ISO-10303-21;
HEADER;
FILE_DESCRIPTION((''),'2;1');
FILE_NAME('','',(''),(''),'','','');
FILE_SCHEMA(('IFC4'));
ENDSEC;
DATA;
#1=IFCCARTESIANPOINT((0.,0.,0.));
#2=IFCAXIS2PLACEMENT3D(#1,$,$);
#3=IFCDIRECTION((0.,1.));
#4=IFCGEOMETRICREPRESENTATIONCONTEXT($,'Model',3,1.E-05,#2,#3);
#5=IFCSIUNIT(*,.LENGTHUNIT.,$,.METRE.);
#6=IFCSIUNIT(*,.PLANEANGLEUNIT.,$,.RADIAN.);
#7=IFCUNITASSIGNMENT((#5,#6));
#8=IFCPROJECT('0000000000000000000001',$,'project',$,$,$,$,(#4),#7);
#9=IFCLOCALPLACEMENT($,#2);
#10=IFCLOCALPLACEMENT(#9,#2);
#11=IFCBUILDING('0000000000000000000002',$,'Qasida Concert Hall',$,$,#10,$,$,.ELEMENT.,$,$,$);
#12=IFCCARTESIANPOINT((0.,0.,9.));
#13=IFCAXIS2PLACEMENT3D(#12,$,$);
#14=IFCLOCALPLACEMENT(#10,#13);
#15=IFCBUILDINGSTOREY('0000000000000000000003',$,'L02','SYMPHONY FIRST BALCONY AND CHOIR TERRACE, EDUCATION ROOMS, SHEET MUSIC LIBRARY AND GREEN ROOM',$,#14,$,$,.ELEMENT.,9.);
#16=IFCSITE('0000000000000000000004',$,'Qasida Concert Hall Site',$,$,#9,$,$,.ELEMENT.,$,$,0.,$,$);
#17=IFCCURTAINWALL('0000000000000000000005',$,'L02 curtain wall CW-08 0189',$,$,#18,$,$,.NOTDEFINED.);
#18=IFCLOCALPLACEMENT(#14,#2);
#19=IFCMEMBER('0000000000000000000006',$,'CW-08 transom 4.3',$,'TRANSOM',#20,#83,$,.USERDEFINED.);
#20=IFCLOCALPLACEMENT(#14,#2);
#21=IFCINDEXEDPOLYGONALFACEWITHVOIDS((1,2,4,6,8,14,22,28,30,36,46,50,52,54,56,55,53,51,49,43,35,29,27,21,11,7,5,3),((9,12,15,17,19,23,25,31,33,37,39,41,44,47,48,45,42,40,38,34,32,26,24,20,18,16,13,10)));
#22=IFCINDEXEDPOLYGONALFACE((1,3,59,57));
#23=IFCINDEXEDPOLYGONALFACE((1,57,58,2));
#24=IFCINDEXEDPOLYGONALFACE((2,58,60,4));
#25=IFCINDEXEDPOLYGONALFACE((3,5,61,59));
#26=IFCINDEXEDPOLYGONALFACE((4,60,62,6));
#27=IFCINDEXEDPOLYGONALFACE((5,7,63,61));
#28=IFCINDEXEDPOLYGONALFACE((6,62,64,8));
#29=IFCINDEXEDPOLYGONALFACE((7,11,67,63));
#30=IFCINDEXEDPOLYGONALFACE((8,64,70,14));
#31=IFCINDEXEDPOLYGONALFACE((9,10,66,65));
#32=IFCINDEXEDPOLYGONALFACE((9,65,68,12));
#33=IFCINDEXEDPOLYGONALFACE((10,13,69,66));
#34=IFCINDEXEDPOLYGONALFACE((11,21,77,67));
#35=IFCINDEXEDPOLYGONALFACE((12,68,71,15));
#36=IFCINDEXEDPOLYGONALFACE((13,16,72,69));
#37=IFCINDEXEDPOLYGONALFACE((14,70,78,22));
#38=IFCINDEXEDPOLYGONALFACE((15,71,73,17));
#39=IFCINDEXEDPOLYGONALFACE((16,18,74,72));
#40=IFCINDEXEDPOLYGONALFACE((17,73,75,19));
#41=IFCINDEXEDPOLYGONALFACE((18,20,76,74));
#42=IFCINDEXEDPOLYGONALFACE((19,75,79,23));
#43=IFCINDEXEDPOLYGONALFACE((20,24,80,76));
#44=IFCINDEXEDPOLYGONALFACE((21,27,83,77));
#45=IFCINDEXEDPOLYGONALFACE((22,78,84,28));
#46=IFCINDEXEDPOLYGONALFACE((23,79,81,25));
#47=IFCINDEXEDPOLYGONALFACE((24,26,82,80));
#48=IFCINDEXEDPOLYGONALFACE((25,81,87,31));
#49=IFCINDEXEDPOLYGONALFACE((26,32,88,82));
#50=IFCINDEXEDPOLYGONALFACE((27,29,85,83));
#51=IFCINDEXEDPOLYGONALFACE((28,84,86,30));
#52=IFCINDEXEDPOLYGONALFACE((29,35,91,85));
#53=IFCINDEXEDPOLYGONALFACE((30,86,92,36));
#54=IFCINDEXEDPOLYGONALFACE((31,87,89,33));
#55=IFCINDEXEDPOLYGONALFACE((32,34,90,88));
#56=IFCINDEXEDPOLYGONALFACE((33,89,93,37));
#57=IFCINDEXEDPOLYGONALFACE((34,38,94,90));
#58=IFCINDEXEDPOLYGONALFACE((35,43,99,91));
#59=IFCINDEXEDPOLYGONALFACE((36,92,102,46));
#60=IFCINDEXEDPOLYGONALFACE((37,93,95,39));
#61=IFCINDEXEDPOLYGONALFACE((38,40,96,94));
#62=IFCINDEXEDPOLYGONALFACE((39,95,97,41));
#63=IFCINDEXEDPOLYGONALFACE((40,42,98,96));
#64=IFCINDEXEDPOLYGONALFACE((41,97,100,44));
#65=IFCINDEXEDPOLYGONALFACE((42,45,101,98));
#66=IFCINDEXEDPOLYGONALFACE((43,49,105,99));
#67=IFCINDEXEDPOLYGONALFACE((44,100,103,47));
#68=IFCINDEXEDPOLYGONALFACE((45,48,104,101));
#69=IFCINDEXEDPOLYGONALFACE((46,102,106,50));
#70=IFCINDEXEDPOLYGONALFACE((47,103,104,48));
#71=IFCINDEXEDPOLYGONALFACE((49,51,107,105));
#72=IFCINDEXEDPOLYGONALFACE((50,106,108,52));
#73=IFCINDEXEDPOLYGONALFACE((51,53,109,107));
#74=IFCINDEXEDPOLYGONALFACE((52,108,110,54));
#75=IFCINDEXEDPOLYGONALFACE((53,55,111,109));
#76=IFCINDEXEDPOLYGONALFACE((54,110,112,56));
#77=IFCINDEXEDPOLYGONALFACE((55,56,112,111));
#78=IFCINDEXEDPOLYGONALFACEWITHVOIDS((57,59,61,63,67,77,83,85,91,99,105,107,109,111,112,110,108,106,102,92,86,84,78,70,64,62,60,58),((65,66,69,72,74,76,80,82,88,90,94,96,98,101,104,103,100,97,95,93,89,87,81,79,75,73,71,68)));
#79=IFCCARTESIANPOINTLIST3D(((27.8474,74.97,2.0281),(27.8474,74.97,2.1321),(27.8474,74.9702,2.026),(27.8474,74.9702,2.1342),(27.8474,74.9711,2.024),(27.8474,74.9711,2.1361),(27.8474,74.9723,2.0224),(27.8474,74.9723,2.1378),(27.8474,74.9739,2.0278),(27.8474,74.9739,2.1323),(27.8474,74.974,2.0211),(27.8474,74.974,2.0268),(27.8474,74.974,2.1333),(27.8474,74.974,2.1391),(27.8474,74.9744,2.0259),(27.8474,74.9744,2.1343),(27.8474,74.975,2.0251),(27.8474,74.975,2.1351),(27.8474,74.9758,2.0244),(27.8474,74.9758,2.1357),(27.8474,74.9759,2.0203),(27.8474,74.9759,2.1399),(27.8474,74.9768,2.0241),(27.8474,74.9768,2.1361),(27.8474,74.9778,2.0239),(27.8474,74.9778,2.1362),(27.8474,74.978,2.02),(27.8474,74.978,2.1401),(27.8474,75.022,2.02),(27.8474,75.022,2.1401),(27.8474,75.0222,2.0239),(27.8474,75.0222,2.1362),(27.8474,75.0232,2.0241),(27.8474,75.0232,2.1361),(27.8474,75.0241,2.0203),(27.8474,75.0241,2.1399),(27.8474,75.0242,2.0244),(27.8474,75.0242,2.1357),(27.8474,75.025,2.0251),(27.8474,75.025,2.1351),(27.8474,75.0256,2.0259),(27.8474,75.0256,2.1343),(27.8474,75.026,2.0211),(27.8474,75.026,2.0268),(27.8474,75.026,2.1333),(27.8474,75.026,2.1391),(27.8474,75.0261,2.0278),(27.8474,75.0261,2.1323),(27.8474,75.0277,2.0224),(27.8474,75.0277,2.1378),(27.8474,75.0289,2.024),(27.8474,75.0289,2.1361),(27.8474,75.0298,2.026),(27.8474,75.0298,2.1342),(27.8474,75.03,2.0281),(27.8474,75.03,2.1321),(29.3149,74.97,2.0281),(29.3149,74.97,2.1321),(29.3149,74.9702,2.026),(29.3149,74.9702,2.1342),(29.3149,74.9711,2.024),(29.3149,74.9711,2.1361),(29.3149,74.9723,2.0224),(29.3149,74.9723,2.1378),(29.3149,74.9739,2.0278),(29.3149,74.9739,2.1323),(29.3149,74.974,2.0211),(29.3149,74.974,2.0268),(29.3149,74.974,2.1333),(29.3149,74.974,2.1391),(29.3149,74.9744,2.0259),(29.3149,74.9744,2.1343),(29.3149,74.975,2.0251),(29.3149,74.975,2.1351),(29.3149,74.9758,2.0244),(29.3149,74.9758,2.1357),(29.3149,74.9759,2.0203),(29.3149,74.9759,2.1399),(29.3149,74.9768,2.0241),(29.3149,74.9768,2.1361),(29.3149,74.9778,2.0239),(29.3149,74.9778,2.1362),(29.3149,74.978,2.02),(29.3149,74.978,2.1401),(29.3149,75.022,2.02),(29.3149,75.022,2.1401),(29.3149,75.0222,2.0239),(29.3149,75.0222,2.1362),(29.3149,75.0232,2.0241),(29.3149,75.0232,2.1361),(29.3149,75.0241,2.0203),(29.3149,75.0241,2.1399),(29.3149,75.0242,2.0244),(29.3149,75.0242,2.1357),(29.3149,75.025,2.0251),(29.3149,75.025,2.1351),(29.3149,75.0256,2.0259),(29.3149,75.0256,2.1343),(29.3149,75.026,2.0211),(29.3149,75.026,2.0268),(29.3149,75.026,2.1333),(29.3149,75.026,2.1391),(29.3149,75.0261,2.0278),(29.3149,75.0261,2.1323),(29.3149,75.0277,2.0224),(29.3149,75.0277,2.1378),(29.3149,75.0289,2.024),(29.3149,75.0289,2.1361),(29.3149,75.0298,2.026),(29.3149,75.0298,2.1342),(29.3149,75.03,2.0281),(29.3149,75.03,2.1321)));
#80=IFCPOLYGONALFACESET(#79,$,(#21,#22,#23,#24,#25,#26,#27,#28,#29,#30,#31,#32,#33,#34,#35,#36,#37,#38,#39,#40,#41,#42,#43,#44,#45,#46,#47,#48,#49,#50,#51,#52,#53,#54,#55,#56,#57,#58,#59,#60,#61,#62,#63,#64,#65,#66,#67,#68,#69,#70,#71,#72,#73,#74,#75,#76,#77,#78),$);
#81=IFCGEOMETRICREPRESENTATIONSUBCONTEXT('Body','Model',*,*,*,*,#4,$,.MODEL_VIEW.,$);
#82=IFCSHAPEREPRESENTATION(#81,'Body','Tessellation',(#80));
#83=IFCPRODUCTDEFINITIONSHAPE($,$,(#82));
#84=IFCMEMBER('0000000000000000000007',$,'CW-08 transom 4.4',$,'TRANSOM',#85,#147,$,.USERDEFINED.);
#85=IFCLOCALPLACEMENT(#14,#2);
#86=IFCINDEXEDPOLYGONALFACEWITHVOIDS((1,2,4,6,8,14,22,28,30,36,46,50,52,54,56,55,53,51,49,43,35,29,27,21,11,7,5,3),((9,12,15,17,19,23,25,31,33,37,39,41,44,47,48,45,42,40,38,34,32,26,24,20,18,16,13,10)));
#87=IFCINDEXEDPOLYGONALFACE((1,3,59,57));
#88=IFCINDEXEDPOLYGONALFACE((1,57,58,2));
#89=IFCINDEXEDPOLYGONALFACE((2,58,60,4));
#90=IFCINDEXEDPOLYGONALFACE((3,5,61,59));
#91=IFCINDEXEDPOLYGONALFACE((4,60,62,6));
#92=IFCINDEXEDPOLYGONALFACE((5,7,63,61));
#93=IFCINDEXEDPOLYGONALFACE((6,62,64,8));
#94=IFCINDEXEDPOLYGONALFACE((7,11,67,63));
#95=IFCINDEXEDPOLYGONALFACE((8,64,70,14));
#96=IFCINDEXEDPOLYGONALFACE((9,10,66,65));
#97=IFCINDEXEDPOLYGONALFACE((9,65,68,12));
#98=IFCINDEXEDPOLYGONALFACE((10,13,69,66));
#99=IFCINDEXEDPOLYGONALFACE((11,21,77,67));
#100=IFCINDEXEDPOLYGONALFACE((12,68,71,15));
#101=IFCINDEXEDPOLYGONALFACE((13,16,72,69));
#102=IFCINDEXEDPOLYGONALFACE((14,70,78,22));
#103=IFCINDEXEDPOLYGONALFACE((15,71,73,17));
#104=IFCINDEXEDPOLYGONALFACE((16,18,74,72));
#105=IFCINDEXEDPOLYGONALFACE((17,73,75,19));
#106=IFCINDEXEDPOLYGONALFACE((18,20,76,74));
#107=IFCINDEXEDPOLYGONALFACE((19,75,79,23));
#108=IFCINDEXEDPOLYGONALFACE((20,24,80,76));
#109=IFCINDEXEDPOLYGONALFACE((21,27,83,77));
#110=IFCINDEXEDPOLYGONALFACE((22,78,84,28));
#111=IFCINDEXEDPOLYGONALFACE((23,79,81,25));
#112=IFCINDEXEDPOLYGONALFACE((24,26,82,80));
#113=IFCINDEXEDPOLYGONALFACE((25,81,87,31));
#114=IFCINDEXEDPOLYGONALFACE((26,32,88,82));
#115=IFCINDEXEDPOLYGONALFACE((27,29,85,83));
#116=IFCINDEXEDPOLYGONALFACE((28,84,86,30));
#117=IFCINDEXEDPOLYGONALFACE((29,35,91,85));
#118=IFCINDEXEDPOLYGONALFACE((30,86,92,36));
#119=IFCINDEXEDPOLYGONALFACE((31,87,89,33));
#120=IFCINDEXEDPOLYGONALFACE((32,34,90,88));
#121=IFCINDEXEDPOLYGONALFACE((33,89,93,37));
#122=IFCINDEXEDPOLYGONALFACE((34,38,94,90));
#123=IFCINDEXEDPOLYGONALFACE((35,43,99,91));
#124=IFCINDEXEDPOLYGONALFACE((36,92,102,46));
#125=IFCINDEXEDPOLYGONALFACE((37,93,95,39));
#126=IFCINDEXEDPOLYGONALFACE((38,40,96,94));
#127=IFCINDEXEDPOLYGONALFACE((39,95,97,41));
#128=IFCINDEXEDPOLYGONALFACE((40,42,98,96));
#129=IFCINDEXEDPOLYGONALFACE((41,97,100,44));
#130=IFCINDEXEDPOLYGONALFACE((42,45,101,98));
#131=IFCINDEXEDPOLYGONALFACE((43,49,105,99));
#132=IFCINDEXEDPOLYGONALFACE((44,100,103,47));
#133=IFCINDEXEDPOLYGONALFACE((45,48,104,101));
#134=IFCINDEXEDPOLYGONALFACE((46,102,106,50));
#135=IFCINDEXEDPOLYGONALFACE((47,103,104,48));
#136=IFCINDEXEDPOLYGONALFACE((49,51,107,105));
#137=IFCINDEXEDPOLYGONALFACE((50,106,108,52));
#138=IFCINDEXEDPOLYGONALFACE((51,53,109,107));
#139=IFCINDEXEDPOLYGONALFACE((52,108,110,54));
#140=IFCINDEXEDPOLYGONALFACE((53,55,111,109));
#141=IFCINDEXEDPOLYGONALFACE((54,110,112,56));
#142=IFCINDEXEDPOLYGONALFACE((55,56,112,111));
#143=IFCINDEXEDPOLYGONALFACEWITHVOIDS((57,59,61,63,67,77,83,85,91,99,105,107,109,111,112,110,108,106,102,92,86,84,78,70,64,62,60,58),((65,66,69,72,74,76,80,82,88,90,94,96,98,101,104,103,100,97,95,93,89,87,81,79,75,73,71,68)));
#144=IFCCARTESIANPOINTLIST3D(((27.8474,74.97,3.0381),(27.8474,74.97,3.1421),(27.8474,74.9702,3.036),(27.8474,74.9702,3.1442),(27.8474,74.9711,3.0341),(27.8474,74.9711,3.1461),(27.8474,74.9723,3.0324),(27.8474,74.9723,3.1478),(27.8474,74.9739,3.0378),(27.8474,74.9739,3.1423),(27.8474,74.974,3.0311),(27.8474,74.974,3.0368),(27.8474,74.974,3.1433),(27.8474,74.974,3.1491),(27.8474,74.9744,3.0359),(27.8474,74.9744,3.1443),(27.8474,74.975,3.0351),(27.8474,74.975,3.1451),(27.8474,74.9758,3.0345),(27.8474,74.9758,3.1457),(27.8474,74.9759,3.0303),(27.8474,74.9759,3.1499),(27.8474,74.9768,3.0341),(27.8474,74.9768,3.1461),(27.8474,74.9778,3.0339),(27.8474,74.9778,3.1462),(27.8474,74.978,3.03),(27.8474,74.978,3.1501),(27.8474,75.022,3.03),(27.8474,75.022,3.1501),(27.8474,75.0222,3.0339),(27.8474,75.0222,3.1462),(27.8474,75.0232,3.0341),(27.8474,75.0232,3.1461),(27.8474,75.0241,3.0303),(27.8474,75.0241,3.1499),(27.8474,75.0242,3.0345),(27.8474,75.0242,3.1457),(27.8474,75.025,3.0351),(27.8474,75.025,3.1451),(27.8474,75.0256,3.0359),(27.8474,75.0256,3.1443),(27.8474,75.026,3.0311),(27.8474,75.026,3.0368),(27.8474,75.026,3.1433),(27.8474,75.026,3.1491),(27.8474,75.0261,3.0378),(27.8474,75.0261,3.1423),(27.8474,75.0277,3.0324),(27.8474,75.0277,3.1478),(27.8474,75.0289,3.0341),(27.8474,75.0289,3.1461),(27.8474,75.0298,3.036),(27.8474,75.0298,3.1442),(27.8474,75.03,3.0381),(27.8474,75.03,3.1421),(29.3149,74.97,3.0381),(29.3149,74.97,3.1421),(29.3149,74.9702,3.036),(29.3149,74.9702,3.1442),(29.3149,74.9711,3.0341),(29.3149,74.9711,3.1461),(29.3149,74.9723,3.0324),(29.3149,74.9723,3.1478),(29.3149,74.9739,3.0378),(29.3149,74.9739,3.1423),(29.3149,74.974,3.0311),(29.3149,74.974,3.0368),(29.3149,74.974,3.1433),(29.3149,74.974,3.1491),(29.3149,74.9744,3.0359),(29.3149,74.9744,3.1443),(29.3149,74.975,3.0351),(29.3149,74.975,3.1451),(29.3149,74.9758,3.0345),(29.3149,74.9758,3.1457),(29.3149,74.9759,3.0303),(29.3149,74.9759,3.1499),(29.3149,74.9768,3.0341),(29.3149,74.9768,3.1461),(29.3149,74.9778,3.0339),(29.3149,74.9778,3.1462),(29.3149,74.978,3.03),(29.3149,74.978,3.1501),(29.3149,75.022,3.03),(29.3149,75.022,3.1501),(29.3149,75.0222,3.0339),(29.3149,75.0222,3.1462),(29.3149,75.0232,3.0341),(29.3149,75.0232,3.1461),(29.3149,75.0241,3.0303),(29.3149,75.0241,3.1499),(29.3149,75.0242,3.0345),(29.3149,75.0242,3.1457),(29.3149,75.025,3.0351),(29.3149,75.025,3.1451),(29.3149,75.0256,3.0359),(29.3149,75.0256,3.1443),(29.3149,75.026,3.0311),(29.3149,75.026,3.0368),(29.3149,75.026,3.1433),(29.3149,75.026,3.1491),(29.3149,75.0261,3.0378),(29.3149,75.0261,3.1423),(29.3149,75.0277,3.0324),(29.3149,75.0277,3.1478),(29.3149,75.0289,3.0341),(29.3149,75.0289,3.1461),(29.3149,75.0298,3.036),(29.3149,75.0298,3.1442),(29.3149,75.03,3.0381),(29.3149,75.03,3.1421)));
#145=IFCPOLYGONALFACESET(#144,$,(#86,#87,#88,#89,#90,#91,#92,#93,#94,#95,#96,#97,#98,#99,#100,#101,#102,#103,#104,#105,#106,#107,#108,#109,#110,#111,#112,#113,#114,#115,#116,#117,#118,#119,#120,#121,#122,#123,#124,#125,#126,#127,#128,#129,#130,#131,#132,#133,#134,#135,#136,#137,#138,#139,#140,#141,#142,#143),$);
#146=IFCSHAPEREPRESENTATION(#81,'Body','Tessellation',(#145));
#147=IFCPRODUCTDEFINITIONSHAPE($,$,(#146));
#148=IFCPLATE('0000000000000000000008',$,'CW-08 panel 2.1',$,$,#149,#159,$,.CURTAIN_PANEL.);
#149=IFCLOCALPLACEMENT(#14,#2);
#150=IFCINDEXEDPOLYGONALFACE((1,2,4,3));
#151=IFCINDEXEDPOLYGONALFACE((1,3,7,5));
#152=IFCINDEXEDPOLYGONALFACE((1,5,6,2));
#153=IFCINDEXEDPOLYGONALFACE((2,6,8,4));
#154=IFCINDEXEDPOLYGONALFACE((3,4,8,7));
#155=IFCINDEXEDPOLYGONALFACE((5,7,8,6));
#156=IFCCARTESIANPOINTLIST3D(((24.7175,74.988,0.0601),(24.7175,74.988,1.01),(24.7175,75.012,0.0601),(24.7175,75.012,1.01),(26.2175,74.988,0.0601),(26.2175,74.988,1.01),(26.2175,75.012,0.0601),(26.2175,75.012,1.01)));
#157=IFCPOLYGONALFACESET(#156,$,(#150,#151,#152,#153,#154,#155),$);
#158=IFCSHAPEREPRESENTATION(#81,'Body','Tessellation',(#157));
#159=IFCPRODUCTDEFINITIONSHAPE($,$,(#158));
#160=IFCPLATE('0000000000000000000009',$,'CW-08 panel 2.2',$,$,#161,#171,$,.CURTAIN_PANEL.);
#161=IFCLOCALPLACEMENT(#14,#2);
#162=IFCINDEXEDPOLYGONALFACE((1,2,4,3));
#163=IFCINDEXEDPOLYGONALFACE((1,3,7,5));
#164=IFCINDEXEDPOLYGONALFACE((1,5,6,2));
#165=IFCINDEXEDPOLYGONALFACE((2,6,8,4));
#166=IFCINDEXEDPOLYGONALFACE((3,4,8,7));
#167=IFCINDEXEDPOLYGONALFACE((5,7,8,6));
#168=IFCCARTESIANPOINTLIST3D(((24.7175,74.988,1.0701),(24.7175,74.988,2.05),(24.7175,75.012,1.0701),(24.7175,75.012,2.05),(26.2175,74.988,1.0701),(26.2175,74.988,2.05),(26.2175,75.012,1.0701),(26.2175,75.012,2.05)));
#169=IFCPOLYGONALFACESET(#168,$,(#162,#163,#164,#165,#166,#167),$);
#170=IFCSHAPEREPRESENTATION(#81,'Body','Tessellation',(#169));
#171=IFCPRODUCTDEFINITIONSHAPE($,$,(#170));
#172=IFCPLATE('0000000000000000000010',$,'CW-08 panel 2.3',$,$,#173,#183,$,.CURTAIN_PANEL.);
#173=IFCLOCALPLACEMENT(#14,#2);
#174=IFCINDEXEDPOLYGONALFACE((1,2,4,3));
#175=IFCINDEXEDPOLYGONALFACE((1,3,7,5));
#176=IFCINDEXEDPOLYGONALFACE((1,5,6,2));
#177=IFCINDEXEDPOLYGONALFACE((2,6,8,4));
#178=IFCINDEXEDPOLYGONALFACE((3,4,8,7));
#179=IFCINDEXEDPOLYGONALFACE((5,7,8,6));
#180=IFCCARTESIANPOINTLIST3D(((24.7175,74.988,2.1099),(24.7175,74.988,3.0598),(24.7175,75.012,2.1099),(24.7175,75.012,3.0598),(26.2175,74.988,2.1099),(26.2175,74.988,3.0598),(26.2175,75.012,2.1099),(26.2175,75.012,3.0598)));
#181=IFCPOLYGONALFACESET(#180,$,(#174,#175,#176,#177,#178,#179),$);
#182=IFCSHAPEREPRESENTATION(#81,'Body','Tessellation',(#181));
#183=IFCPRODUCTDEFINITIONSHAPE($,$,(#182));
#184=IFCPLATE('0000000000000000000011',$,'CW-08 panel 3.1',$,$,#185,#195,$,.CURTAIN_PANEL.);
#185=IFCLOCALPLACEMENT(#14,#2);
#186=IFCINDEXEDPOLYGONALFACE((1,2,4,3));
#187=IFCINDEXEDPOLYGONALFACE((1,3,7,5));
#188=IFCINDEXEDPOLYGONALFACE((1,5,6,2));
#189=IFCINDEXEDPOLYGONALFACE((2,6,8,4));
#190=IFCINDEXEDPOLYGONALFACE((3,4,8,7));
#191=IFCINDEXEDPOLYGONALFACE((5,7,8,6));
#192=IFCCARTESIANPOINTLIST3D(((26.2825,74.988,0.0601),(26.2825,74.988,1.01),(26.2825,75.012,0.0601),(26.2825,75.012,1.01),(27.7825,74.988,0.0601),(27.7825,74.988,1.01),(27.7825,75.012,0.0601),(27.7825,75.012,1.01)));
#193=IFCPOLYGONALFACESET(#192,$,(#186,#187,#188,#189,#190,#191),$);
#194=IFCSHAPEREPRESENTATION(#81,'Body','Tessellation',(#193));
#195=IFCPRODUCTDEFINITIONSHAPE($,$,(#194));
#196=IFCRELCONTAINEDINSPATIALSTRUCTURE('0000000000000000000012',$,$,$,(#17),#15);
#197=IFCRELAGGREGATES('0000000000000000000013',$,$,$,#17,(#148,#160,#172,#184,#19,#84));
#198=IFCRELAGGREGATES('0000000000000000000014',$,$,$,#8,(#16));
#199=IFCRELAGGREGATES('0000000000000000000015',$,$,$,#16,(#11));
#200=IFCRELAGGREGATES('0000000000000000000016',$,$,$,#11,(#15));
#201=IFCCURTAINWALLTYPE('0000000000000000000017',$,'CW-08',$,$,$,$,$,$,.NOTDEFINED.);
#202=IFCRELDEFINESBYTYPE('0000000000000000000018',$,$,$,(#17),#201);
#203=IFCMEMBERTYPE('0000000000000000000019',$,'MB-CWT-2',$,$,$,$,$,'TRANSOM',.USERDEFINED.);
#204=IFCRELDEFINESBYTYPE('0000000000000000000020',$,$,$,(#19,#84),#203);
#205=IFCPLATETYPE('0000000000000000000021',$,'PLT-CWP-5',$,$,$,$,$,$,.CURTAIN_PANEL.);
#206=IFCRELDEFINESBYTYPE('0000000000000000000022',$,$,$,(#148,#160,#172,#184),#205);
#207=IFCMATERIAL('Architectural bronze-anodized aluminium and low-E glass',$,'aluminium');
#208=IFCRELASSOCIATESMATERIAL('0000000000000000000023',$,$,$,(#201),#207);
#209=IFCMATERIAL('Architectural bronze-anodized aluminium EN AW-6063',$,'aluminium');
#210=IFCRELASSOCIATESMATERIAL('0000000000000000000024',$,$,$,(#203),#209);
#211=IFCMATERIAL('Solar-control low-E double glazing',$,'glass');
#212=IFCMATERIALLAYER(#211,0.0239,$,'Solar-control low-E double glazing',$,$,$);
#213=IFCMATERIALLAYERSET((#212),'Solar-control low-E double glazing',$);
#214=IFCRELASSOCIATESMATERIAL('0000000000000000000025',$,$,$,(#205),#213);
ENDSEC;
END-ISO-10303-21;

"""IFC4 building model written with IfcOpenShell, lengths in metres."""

from ifc_helpers import new_model, si_unit, direction, frame, origin, origin_2d, place, context, subcontext, project, spatial, rectangle, hollow_rectangle, extrude, material, layer, layer_set, material_profile, profile_set, type_object, element, aggregate, save


model = new_model("IFC4")

# Units and contexts
model_context = context("Model", 3, precision=1e-05, world=origin(), true_north=direction((0.0, 1.0)))
body_context = subcontext(model_context, "Body", "Model", "MODEL_VIEW")
ifc_project = project(units=[si_unit("LENGTHUNIT", "METRE"), si_unit("PLANEANGLEUNIT", "RADIAN")], contexts=[model_context])

# Site, building, storey
site_placement = place(None, origin())
site = spatial("IfcSite", under=ifc_project, at=site_placement, Name="Qasida Concert Hall Site", CompositionType="ELEMENT", RefElevation=0.0)
building_placement = place(site_placement, origin())
building = spatial("IfcBuilding", under=site, at=building_placement, Name="Qasida Concert Hall", CompositionType="ELEMENT")
storey_placement = place(building_placement, frame((0.0, 0.0, 9.0)))
storey = spatial("IfcBuildingStorey", under=building, at=storey_placement, Name="L02", Description="SYMPHONY FIRST BALCONY AND CHOIR TERRACE, EDUCATION ROOMS, SHEET MUSIC LIBRARY AND GREEN ROOM", CompositionType="ELEMENT", Elevation=9.0)

# Curtain wall, members, plates
ifc_material_1 = material(Name="Architectural bronze-anodized aluminium and low-E glass", Category="aluminium")
curtain_wall_type = type_object("IfcCurtainWallType", Name="CW-08", PredefinedType="NOTDEFINED", material=ifc_material_1)
curtain_wall_placement = place(storey_placement, origin())
curtain_wall = element("IfcCurtainWall", 1, at=curtain_wall_placement, inside=storey, type_object=curtain_wall_type, Name="L02 curtain wall CW-08 0189", PredefinedType="NOTDEFINED")
ifc_material_2 = material(Name="Architectural bronze-anodized aluminium EN AW-6063", Category="aluminium")
ifc_material_profile_1 = material_profile(ifc_material_2, hollow_rectangle(XDim=0.0601, YDim=0.1201, WallThickness=0.0039, InnerFilletRadius=0.0039, OuterFilletRadius=0.0081, at=origin_2d()), Name="CWT 120x60x4")
ifc_profile_set_1 = profile_set([ifc_material_profile_1], Name="Architectural bronze-anodized aluminium EN AW-6063")
member_type_1 = type_object("IfcMemberType", Name="MB-CWT-2", ElementType="TRANSOM", PredefinedType="USERDEFINED", material=ifc_profile_set_1)
member_1_placement = place(storey_placement, frame((27.8474, 75.0, 2.0801), z_axis=(1.0, 0.0, 0.0), x_axis=(0.0, 1.0, 0.0)))
member_1 = element("IfcMember", 2, at=member_1_placement, type_object=member_type_1, Name="CW-08 transom 4.3", ObjectType="TRANSOM", PredefinedType="USERDEFINED", context=body_context, shape_type="SweptSolid", body=[
    extrude(hollow_rectangle(XDim=0.0601, YDim=0.1201, WallThickness=0.0039, InnerFilletRadius=0.0039, OuterFilletRadius=0.0081, at=origin_2d()), origin(), (0.0, 0.0, 1.0), 1.4675),
])
member_2_placement = place(storey_placement, frame((27.8474, 75.0, 3.0901), z_axis=(1.0, 0.0, 0.0), x_axis=(0.0, 1.0, 0.0)))
member_2 = element("IfcMember", 3, at=member_2_placement, type_object=member_type_1, Name="CW-08 transom 4.4", ObjectType="TRANSOM", PredefinedType="USERDEFINED", context=body_context, shape_type="SweptSolid", body=[
    extrude(hollow_rectangle(XDim=0.0601, YDim=0.1201, WallThickness=0.0039, InnerFilletRadius=0.0039, OuterFilletRadius=0.0081, at=origin_2d()), origin(), (0.0, 0.0, 1.0), 1.4675),
])
ifc_material_3 = material(Name="Solar-control low-E double glazing", Category="glass")
ifc_layer_1 = layer(ifc_material_3, 0.0239, Name="Solar-control low-E double glazing")
ifc_layer_set_1 = layer_set([ifc_layer_1], Name="Solar-control low-E double glazing")
plate_type = type_object("IfcPlateType", Name="PLT-CWP-5", PredefinedType="CURTAIN_PANEL", material=ifc_layer_set_1)
plate_1_placement = place(storey_placement, frame((25.4675, 75.0, 0.0601), z_axis=(0.0, 0.0, 1.0), x_axis=(1.0, 0.0, 0.0)))
plate_1 = element("IfcPlate", 4, at=plate_1_placement, type_object=plate_type, Name="CW-08 panel 2.1", PredefinedType="CURTAIN_PANEL", context=body_context, shape_type="SweptSolid", body=[
    extrude(rectangle(XDim=1.5, YDim=0.0239, at=origin_2d()), origin(), (0.0, 0.0, 1.0), 0.95),
])
plate_2_placement = place(storey_placement, frame((25.4675, 75.0, 1.0701), z_axis=(0.0, 0.0, 1.0), x_axis=(1.0, 0.0, 0.0)))
plate_2 = element("IfcPlate", 5, at=plate_2_placement, type_object=plate_type, Name="CW-08 panel 2.2", PredefinedType="CURTAIN_PANEL", context=body_context, shape_type="SweptSolid", body=[
    extrude(rectangle(XDim=1.5, YDim=0.0239, at=origin_2d()), origin(), (0.0, 0.0, 1.0), 0.98),
])
plate_3_placement = place(storey_placement, frame((25.4675, 75.0, 2.1099), z_axis=(0.0, 0.0, 1.0), x_axis=(1.0, 0.0, 0.0)))
plate_3 = element("IfcPlate", 6, at=plate_3_placement, type_object=plate_type, Name="CW-08 panel 2.3", PredefinedType="CURTAIN_PANEL", context=body_context, shape_type="SweptSolid", body=[
    extrude(rectangle(XDim=1.5, YDim=0.0239, at=origin_2d()), origin(), (0.0, 0.0, 1.0), 0.95),
])
plate_4_placement = place(storey_placement, frame((27.0325, 75.0, 0.0601), z_axis=(0.0, 0.0, 1.0), x_axis=(1.0, 0.0, 0.0)))
plate_4 = element("IfcPlate", 7, at=plate_4_placement, type_object=plate_type, Name="CW-08 panel 3.1", PredefinedType="CURTAIN_PANEL", context=body_context, shape_type="SweptSolid", body=[
    extrude(rectangle(XDim=1.5, YDim=0.0239, at=origin_2d()), origin(), (0.0, 0.0, 1.0), 0.95),
])
aggregate(curtain_wall, [plate_1, plate_2, plate_3, plate_4, member_1, member_2])

save(model, "model.ifc")
